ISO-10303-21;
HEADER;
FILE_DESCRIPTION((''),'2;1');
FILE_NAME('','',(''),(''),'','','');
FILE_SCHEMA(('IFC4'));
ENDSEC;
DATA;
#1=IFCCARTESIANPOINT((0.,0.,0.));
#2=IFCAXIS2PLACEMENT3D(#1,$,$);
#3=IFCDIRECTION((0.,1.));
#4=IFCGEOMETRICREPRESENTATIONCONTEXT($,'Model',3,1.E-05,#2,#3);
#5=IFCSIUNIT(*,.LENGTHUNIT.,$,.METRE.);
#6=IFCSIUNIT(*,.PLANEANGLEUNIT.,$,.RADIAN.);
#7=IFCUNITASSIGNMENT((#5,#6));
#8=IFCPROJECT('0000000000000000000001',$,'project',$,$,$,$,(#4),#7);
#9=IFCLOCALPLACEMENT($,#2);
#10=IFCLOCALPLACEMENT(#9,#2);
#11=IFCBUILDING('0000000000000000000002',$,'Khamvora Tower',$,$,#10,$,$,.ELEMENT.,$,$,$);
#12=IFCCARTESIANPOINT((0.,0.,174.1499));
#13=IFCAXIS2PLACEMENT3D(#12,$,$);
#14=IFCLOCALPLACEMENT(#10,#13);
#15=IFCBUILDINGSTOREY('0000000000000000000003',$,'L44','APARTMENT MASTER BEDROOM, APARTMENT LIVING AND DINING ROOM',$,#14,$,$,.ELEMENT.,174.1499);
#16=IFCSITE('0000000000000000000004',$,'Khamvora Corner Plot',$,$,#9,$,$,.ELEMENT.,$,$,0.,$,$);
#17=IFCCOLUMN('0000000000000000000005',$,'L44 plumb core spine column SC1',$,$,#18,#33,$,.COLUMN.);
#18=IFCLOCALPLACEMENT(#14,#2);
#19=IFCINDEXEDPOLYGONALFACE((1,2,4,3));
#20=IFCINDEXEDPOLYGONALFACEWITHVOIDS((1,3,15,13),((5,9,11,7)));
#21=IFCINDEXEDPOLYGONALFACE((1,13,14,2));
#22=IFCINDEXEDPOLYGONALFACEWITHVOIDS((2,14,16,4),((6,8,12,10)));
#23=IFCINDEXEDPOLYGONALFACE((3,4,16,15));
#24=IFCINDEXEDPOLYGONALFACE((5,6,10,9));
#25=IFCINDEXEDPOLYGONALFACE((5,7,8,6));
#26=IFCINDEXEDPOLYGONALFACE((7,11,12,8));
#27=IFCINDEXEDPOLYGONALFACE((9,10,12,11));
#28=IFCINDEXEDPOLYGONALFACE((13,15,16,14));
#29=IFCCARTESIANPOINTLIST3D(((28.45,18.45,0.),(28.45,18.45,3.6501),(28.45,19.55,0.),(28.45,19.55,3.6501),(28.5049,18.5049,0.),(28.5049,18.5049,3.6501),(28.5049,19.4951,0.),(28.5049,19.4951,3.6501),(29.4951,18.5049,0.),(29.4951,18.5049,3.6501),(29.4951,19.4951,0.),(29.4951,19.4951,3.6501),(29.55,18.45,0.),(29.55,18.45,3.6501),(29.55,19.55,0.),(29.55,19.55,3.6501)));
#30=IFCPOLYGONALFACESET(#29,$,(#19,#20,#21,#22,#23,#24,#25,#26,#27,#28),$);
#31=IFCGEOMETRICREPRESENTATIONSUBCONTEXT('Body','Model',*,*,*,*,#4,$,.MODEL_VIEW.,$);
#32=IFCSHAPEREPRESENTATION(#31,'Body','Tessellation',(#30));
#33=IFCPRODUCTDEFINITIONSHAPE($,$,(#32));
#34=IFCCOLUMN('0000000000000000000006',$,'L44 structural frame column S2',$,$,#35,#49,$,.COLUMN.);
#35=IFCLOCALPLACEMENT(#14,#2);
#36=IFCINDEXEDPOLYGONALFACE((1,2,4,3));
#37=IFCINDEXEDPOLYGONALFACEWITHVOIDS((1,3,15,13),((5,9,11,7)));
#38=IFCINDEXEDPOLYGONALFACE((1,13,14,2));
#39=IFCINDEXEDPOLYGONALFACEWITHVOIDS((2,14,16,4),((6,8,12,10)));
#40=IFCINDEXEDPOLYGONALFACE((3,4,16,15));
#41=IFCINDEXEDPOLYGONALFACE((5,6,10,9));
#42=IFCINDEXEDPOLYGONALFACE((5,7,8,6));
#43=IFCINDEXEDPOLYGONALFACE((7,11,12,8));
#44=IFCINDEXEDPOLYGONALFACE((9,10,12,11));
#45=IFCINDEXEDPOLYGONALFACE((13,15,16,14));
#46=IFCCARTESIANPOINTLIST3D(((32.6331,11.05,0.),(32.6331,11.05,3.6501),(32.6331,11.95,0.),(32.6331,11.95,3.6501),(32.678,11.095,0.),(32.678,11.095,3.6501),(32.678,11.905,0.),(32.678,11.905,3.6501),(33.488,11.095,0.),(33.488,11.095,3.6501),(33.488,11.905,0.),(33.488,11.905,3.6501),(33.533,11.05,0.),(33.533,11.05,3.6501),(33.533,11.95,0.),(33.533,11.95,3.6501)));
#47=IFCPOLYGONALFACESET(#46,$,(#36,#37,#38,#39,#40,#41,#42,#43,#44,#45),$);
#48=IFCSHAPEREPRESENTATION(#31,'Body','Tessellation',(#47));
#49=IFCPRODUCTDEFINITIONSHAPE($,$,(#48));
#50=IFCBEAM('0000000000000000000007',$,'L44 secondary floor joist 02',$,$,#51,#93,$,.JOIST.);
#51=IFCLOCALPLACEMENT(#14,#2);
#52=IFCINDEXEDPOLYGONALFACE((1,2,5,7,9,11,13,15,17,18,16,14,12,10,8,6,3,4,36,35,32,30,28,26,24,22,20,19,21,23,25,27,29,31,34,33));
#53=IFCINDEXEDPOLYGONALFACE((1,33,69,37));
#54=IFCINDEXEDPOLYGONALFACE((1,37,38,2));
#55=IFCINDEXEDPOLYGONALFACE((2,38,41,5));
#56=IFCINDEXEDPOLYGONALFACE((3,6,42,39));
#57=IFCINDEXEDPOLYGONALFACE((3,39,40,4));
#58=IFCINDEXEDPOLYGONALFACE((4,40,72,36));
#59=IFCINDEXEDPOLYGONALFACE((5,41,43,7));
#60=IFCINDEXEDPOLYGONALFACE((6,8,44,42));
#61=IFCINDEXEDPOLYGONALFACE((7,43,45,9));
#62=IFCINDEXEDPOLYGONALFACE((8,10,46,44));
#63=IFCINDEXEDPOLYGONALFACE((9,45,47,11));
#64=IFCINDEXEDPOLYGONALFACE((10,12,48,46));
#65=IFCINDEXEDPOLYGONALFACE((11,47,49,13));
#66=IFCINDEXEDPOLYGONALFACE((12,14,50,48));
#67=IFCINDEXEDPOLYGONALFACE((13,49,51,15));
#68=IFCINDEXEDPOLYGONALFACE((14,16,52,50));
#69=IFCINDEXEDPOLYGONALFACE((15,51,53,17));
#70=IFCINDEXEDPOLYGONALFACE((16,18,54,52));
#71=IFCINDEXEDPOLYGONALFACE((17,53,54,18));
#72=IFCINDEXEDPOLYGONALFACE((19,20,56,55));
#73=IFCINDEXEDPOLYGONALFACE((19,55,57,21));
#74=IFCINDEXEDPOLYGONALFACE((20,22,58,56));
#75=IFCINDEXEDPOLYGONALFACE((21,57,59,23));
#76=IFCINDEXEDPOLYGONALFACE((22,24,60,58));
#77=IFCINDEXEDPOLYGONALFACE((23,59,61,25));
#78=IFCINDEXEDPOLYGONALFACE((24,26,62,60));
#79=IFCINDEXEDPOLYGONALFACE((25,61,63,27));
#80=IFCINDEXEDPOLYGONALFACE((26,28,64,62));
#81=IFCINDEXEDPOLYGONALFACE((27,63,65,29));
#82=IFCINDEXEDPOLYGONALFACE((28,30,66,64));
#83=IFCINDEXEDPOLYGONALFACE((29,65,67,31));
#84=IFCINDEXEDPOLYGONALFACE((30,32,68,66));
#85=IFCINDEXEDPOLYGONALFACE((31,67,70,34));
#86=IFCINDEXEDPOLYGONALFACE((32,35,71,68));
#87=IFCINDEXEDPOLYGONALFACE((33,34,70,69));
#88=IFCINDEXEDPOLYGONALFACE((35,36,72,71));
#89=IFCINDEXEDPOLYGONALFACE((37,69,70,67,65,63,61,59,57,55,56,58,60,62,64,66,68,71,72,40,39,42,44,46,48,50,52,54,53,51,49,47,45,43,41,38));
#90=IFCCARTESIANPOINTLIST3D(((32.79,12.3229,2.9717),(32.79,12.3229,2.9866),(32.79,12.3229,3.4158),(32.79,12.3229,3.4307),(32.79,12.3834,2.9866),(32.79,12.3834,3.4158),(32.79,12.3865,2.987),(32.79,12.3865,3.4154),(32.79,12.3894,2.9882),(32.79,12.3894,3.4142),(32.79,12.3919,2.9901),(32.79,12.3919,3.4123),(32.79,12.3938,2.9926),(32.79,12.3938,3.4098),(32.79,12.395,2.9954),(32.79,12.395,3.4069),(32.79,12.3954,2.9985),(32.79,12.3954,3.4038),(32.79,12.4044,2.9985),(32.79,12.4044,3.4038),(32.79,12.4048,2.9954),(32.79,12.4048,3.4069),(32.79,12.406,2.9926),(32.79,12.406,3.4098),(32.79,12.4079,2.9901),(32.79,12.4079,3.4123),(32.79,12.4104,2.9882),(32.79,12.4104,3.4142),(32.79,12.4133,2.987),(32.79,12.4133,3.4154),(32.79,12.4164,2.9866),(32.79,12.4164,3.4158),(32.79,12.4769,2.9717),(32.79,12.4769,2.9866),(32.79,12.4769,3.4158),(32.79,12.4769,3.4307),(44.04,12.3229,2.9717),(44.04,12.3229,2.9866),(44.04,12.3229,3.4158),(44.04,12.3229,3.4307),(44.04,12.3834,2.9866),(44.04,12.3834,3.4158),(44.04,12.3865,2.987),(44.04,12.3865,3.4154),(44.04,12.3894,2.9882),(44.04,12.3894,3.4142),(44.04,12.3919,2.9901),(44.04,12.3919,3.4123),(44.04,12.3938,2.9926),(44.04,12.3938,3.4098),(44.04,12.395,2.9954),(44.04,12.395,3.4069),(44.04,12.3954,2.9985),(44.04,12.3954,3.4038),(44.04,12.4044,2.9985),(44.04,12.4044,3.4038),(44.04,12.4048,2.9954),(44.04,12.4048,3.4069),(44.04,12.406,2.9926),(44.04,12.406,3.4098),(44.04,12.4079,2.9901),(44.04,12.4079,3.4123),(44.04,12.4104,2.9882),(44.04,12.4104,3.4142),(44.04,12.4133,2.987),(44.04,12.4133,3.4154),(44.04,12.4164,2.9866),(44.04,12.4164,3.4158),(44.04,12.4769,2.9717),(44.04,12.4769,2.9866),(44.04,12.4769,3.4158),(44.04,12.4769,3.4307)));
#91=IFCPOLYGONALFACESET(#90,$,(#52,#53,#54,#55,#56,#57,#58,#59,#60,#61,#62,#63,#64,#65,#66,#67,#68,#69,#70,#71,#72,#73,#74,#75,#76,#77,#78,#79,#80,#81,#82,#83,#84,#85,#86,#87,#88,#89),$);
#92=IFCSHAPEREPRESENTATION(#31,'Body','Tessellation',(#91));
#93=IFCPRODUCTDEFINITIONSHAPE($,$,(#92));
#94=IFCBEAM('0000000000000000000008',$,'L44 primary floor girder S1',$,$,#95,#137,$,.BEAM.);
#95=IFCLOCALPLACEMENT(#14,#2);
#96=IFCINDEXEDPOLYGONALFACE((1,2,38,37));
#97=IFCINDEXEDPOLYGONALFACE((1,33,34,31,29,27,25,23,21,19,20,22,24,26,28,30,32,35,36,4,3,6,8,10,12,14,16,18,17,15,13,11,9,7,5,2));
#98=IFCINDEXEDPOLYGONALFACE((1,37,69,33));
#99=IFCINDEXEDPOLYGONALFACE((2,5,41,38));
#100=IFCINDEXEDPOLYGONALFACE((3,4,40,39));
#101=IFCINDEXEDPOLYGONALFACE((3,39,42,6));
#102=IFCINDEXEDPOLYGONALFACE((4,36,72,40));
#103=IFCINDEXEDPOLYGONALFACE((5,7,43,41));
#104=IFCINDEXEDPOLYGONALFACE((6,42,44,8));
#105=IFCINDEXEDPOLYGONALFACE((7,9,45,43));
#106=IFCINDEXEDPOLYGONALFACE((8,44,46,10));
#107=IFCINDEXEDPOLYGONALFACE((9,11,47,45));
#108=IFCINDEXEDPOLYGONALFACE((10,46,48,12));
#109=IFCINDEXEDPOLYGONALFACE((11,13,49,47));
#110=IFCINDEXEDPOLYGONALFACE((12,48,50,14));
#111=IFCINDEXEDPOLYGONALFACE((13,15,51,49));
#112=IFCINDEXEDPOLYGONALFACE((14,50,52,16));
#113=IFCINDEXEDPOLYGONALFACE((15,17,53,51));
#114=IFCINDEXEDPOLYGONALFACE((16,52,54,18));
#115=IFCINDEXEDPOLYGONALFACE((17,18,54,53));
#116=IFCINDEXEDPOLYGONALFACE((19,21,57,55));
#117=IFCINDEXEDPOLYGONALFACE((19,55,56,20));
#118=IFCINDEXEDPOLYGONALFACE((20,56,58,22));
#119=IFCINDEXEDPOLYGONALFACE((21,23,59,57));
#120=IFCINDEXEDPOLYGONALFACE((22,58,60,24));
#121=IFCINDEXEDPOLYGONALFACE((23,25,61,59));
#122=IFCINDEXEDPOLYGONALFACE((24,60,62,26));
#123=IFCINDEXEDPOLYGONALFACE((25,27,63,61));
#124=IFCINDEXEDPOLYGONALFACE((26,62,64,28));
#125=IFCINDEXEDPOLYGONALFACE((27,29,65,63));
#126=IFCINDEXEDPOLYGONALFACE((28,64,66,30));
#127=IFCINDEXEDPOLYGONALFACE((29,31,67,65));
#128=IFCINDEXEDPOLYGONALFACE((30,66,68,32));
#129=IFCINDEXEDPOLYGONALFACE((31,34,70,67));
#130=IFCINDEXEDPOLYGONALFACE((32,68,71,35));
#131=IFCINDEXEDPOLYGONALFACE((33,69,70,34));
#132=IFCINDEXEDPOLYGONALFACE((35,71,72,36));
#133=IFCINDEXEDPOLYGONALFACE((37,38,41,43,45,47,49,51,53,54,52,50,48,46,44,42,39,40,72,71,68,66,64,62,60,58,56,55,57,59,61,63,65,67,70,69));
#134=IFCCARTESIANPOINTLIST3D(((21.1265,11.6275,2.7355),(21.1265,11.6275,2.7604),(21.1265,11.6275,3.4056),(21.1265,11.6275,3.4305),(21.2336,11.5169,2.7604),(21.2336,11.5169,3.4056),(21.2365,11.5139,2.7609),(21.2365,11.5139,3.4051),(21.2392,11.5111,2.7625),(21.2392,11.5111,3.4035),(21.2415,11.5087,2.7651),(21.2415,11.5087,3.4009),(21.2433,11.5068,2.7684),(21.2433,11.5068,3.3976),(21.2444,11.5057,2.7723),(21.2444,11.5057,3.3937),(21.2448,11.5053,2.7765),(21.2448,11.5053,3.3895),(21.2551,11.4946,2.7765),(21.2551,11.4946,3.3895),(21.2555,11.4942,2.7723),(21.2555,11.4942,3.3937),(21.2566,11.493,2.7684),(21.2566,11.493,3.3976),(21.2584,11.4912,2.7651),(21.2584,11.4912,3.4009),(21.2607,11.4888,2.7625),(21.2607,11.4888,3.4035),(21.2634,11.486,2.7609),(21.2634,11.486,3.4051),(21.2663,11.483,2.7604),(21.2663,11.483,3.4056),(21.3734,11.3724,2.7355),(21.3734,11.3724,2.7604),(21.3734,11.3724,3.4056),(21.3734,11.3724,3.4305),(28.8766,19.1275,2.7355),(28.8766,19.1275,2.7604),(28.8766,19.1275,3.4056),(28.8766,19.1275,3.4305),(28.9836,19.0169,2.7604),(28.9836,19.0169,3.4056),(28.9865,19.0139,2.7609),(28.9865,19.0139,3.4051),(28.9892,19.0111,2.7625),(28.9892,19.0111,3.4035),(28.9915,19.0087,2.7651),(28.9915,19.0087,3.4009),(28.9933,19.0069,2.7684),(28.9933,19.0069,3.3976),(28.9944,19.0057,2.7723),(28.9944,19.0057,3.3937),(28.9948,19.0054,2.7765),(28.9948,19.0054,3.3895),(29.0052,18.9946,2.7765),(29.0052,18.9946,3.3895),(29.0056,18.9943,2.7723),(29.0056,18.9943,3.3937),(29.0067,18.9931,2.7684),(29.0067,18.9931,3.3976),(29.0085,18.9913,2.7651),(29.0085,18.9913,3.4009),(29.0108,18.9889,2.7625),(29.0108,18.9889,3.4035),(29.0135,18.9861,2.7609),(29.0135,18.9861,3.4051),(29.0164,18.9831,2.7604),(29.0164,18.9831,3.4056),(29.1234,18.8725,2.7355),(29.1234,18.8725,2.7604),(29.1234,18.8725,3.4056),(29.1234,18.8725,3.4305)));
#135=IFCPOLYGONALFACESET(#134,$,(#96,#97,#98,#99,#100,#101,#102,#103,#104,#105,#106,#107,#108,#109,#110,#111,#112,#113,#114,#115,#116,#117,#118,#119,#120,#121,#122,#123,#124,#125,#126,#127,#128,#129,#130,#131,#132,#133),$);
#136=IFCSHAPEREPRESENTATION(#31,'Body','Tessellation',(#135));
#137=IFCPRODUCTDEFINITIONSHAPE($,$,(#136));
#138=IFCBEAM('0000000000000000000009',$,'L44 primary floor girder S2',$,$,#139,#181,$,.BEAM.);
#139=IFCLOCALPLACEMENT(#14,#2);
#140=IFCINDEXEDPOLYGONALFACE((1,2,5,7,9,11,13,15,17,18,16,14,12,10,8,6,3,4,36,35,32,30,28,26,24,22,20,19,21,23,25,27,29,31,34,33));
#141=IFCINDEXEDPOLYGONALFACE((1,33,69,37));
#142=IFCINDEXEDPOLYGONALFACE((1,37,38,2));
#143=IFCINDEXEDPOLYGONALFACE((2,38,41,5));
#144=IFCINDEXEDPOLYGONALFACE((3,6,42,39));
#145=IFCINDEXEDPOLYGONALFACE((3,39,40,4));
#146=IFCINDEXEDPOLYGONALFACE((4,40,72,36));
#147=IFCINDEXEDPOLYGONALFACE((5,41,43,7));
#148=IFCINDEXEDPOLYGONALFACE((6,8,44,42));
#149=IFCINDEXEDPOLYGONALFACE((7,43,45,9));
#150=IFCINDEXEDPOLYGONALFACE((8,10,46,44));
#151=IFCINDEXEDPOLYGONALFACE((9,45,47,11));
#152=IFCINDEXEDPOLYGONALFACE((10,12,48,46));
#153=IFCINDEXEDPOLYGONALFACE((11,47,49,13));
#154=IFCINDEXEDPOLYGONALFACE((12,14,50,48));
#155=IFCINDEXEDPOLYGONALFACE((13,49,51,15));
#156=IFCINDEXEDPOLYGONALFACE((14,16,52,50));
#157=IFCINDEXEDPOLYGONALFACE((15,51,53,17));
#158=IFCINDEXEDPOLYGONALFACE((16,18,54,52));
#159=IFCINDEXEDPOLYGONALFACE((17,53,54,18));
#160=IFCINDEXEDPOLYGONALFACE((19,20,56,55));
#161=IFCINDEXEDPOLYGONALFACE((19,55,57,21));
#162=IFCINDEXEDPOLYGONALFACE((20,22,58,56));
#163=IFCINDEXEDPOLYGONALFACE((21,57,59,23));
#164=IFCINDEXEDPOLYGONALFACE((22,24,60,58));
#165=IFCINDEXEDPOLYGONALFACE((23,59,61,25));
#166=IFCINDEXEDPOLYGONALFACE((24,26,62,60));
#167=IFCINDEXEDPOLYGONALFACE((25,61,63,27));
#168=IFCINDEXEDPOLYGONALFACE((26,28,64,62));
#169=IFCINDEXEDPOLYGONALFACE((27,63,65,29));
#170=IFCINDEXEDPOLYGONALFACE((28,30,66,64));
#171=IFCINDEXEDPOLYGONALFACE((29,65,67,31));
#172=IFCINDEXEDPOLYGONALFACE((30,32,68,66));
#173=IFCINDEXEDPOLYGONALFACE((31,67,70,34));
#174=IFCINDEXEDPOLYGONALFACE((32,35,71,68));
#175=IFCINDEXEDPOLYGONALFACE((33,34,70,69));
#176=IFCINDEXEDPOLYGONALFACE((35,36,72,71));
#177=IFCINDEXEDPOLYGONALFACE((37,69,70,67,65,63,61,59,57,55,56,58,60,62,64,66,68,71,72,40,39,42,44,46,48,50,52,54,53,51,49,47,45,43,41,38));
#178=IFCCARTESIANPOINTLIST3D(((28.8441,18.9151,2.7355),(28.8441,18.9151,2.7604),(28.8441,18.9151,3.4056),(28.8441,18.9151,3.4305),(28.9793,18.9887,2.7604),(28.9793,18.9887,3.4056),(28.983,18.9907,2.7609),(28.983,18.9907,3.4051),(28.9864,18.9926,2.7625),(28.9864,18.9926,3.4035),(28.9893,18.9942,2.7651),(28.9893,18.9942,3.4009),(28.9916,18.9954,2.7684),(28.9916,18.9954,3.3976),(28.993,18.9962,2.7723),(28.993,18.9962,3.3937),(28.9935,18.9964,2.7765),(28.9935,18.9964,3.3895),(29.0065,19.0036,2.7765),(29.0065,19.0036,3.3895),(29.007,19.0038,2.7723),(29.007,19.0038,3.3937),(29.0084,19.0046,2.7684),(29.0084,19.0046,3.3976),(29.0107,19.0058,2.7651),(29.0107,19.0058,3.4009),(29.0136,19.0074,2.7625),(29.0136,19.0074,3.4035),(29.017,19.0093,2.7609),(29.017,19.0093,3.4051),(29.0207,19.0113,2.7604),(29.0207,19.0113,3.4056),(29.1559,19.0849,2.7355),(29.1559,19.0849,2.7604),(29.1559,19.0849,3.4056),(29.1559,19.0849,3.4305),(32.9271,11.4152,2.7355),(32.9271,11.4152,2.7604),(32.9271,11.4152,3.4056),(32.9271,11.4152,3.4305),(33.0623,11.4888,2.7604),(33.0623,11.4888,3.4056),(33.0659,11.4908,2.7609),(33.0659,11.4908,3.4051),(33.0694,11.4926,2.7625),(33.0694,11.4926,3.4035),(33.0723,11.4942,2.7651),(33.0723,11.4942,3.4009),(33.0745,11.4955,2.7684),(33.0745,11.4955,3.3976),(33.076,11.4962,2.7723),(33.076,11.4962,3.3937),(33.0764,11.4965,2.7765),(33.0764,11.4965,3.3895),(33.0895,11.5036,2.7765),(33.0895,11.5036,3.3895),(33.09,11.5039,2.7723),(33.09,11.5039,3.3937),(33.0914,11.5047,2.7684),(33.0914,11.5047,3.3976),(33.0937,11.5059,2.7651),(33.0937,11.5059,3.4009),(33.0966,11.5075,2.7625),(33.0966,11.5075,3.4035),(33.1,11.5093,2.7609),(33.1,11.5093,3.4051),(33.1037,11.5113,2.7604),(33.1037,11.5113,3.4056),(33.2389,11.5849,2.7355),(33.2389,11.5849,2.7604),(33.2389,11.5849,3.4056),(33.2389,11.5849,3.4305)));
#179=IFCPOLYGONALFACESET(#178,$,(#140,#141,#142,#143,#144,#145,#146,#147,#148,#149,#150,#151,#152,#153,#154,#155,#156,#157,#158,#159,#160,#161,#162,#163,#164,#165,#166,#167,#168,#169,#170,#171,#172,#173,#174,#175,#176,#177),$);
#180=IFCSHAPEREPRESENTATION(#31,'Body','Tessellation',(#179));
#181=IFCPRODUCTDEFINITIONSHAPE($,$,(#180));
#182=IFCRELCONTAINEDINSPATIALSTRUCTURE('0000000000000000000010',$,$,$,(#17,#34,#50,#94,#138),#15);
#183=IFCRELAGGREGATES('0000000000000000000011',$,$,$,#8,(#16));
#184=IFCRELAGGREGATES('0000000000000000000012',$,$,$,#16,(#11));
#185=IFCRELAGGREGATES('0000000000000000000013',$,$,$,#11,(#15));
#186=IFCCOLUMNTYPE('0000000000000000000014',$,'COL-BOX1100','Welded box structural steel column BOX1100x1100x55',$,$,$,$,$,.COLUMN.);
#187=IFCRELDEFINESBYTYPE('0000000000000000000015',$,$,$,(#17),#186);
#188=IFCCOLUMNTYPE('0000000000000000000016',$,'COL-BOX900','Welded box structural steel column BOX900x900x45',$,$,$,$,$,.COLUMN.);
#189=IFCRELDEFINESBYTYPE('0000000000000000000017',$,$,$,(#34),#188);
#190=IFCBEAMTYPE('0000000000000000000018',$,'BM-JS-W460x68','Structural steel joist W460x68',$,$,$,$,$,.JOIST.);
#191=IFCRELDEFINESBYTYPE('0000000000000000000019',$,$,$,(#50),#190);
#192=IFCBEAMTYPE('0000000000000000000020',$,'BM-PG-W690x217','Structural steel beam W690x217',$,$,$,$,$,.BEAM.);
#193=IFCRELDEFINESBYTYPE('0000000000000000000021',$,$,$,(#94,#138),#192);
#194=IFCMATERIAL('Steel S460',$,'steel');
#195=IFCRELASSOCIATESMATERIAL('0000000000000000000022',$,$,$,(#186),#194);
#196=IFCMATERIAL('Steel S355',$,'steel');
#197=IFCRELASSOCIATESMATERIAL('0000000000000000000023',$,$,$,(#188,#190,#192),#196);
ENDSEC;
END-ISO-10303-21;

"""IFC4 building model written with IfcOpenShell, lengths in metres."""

from ifc_helpers import new_model, si_unit, direction, frame, origin, origin_2d, place, context, subcontext, project, spatial, hollow_rectangle, i_section, extrude, material, material_profile, profile_set, type_object, element, save


model = new_model("IFC4")

# Units and contexts
model_context = context("Model", 3, precision=1e-05, world=origin(), true_north=direction((0.0, 1.0)))
body_context = subcontext(model_context, "Body", "Model", "MODEL_VIEW")
ifc_project = project(units=[si_unit("LENGTHUNIT", "METRE"), si_unit("PLANEANGLEUNIT", "RADIAN")], contexts=[model_context])

# Site, building, storey
site_placement = place(None, origin())
site = spatial("IfcSite", under=ifc_project, at=site_placement, Name="Khamvora Corner Plot", CompositionType="ELEMENT", RefElevation=0.0)
building_placement = place(site_placement, origin())
building = spatial("IfcBuilding", under=site, at=building_placement, Name="Khamvora Tower", CompositionType="ELEMENT")
storey_placement = place(building_placement, frame((0.0, 0.0, 174.1499)))
storey = spatial("IfcBuildingStorey", under=building, at=storey_placement, Name="L44", Description="APARTMENT MASTER BEDROOM, APARTMENT LIVING AND DINING ROOM", CompositionType="ELEMENT", Elevation=174.1499)

# Columns
ifc_material_1 = material(Name="Steel S460", Category="steel")
ifc_material_profile_1 = material_profile(ifc_material_1, hollow_rectangle(XDim=1.1001, YDim=1.1001, WallThickness=0.0549, at=origin_2d()), Name="BOX1100x1100x55")
ifc_profile_set_1 = profile_set([ifc_material_profile_1], Name="Steel S460")
column_type_1 = type_object("IfcColumnType", Name="COL-BOX1100", Description="Welded box structural steel column BOX1100x1100x55", PredefinedType="COLUMN", material=ifc_profile_set_1)
column_1_placement = place(storey_placement, frame((29.0, 19.0, 0.0), z_axis=(0.0, 0.0, 1.0), x_axis=(1.0, 0.0, 0.0)))
element("IfcColumn", 1, at=column_1_placement, inside=storey, type_object=column_type_1, Name="L44 plumb core spine column SC1", PredefinedType="COLUMN", context=body_context, shape_type="SweptSolid", body=[
    extrude(hollow_rectangle(XDim=1.1001, YDim=1.1001, WallThickness=0.0549, at=origin_2d()), origin(), (0.0, 0.0, 1.0), 3.6501),
])
ifc_material_2 = material(Name="Steel S355", Category="steel")
ifc_material_profile_2 = material_profile(ifc_material_2, hollow_rectangle(XDim=0.8999, YDim=0.8999, WallThickness=0.0449, at=origin_2d()), Name="BOX900x900x45")
ifc_profile_set_2 = profile_set([ifc_material_profile_2], Name="Steel S355")
column_type_2 = type_object("IfcColumnType", Name="COL-BOX900", Description="Welded box structural steel column BOX900x900x45", PredefinedType="COLUMN", material=ifc_profile_set_2)
column_2_placement = place(storey_placement, frame((33.083, 11.5, 0.0), z_axis=(0.0, 0.0, 1.0), x_axis=(1.0, 0.0, 0.0)))
element("IfcColumn", 2, at=column_2_placement, inside=storey, type_object=column_type_2, Name="L44 structural frame column S2", PredefinedType="COLUMN", context=body_context, shape_type="SweptSolid", body=[
    extrude(hollow_rectangle(XDim=0.8999, YDim=0.8999, WallThickness=0.0449, at=origin_2d()), origin(), (0.0, 0.0, 1.0), 3.6501),
])

# Beams
ifc_material_profile_3 = material_profile(ifc_material_2, i_section(OverallWidth=0.1541, OverallDepth=0.459, WebThickness=0.009, FlangeThickness=0.0149, FilletRadius=0.012, at=origin_2d()), Name="W460x68")
ifc_profile_set_3 = profile_set([ifc_material_profile_3], Name="Steel S355")
beam_type_1 = type_object("IfcBeamType", Name="BM-JS-W460x68", Description="Structural steel joist W460x68", PredefinedType="JOIST", material=ifc_profile_set_3)
beam_1_placement = place(storey_placement, frame((32.79, 12.3999, 3.2012), z_axis=(1.0, 0.0, 0.0), x_axis=(0.0, 1.0, 0.0)))
element("IfcBeam", 3, at=beam_1_placement, inside=storey, type_object=beam_type_1, Name="L44 secondary floor joist 02", PredefinedType="JOIST", context=body_context, shape_type="SweptSolid", body=[
    extrude(i_section(OverallWidth=0.1541, OverallDepth=0.459, WebThickness=0.009, FlangeThickness=0.0149, FilletRadius=0.012, at=origin_2d()), origin(), (0.0, 0.0, 1.0), 11.25),
])
ifc_material_profile_4 = material_profile(ifc_material_2, i_section(OverallWidth=0.355, OverallDepth=0.6951, WebThickness=0.0149, FlangeThickness=0.0249, FilletRadius=0.0161, at=origin_2d()), Name="W690x217")
ifc_profile_set_4 = profile_set([ifc_material_profile_4], Name="Steel S355")
beam_type_2 = type_object("IfcBeamType", Name="BM-PG-W690x217", Description="Structural steel beam W690x217", PredefinedType="BEAM", material=ifc_profile_set_4)
beam_2_placement = place(storey_placement, frame((29.0, 19.0, 3.083), z_axis=(-0.718602, -0.695421, 0.0), x_axis=(0.695421, -0.718602, 0.0)))
element("IfcBeam", 4, at=beam_2_placement, inside=storey, type_object=beam_type_2, Name="L44 primary floor girder S1", PredefinedType="BEAM", context=body_context, shape_type="SweptSolid", body=[
    extrude(i_section(OverallWidth=0.355, OverallDepth=0.6951, WebThickness=0.0149, FlangeThickness=0.0249, FilletRadius=0.0161, at=origin_2d()), origin(), (0.0, 0.0, 1.0), 10.7849),
])
beam_3_placement = place(storey_placement, frame((29.0, 19.0, 3.083), z_axis=(0.478139, -0.878284, 0.0), x_axis=(0.878284, 0.478139, 0.0)))
element("IfcBeam", 5, at=beam_3_placement, inside=storey, type_object=beam_type_2, Name="L44 primary floor girder S2", PredefinedType="BEAM", context=body_context, shape_type="SweptSolid", body=[
    extrude(i_section(OverallWidth=0.355, OverallDepth=0.6951, WebThickness=0.0149, FlangeThickness=0.0249, FilletRadius=0.0161, at=origin_2d()), origin(), (0.0, 0.0, 1.0), 8.5393),
])

save(model, "model.ifc")
